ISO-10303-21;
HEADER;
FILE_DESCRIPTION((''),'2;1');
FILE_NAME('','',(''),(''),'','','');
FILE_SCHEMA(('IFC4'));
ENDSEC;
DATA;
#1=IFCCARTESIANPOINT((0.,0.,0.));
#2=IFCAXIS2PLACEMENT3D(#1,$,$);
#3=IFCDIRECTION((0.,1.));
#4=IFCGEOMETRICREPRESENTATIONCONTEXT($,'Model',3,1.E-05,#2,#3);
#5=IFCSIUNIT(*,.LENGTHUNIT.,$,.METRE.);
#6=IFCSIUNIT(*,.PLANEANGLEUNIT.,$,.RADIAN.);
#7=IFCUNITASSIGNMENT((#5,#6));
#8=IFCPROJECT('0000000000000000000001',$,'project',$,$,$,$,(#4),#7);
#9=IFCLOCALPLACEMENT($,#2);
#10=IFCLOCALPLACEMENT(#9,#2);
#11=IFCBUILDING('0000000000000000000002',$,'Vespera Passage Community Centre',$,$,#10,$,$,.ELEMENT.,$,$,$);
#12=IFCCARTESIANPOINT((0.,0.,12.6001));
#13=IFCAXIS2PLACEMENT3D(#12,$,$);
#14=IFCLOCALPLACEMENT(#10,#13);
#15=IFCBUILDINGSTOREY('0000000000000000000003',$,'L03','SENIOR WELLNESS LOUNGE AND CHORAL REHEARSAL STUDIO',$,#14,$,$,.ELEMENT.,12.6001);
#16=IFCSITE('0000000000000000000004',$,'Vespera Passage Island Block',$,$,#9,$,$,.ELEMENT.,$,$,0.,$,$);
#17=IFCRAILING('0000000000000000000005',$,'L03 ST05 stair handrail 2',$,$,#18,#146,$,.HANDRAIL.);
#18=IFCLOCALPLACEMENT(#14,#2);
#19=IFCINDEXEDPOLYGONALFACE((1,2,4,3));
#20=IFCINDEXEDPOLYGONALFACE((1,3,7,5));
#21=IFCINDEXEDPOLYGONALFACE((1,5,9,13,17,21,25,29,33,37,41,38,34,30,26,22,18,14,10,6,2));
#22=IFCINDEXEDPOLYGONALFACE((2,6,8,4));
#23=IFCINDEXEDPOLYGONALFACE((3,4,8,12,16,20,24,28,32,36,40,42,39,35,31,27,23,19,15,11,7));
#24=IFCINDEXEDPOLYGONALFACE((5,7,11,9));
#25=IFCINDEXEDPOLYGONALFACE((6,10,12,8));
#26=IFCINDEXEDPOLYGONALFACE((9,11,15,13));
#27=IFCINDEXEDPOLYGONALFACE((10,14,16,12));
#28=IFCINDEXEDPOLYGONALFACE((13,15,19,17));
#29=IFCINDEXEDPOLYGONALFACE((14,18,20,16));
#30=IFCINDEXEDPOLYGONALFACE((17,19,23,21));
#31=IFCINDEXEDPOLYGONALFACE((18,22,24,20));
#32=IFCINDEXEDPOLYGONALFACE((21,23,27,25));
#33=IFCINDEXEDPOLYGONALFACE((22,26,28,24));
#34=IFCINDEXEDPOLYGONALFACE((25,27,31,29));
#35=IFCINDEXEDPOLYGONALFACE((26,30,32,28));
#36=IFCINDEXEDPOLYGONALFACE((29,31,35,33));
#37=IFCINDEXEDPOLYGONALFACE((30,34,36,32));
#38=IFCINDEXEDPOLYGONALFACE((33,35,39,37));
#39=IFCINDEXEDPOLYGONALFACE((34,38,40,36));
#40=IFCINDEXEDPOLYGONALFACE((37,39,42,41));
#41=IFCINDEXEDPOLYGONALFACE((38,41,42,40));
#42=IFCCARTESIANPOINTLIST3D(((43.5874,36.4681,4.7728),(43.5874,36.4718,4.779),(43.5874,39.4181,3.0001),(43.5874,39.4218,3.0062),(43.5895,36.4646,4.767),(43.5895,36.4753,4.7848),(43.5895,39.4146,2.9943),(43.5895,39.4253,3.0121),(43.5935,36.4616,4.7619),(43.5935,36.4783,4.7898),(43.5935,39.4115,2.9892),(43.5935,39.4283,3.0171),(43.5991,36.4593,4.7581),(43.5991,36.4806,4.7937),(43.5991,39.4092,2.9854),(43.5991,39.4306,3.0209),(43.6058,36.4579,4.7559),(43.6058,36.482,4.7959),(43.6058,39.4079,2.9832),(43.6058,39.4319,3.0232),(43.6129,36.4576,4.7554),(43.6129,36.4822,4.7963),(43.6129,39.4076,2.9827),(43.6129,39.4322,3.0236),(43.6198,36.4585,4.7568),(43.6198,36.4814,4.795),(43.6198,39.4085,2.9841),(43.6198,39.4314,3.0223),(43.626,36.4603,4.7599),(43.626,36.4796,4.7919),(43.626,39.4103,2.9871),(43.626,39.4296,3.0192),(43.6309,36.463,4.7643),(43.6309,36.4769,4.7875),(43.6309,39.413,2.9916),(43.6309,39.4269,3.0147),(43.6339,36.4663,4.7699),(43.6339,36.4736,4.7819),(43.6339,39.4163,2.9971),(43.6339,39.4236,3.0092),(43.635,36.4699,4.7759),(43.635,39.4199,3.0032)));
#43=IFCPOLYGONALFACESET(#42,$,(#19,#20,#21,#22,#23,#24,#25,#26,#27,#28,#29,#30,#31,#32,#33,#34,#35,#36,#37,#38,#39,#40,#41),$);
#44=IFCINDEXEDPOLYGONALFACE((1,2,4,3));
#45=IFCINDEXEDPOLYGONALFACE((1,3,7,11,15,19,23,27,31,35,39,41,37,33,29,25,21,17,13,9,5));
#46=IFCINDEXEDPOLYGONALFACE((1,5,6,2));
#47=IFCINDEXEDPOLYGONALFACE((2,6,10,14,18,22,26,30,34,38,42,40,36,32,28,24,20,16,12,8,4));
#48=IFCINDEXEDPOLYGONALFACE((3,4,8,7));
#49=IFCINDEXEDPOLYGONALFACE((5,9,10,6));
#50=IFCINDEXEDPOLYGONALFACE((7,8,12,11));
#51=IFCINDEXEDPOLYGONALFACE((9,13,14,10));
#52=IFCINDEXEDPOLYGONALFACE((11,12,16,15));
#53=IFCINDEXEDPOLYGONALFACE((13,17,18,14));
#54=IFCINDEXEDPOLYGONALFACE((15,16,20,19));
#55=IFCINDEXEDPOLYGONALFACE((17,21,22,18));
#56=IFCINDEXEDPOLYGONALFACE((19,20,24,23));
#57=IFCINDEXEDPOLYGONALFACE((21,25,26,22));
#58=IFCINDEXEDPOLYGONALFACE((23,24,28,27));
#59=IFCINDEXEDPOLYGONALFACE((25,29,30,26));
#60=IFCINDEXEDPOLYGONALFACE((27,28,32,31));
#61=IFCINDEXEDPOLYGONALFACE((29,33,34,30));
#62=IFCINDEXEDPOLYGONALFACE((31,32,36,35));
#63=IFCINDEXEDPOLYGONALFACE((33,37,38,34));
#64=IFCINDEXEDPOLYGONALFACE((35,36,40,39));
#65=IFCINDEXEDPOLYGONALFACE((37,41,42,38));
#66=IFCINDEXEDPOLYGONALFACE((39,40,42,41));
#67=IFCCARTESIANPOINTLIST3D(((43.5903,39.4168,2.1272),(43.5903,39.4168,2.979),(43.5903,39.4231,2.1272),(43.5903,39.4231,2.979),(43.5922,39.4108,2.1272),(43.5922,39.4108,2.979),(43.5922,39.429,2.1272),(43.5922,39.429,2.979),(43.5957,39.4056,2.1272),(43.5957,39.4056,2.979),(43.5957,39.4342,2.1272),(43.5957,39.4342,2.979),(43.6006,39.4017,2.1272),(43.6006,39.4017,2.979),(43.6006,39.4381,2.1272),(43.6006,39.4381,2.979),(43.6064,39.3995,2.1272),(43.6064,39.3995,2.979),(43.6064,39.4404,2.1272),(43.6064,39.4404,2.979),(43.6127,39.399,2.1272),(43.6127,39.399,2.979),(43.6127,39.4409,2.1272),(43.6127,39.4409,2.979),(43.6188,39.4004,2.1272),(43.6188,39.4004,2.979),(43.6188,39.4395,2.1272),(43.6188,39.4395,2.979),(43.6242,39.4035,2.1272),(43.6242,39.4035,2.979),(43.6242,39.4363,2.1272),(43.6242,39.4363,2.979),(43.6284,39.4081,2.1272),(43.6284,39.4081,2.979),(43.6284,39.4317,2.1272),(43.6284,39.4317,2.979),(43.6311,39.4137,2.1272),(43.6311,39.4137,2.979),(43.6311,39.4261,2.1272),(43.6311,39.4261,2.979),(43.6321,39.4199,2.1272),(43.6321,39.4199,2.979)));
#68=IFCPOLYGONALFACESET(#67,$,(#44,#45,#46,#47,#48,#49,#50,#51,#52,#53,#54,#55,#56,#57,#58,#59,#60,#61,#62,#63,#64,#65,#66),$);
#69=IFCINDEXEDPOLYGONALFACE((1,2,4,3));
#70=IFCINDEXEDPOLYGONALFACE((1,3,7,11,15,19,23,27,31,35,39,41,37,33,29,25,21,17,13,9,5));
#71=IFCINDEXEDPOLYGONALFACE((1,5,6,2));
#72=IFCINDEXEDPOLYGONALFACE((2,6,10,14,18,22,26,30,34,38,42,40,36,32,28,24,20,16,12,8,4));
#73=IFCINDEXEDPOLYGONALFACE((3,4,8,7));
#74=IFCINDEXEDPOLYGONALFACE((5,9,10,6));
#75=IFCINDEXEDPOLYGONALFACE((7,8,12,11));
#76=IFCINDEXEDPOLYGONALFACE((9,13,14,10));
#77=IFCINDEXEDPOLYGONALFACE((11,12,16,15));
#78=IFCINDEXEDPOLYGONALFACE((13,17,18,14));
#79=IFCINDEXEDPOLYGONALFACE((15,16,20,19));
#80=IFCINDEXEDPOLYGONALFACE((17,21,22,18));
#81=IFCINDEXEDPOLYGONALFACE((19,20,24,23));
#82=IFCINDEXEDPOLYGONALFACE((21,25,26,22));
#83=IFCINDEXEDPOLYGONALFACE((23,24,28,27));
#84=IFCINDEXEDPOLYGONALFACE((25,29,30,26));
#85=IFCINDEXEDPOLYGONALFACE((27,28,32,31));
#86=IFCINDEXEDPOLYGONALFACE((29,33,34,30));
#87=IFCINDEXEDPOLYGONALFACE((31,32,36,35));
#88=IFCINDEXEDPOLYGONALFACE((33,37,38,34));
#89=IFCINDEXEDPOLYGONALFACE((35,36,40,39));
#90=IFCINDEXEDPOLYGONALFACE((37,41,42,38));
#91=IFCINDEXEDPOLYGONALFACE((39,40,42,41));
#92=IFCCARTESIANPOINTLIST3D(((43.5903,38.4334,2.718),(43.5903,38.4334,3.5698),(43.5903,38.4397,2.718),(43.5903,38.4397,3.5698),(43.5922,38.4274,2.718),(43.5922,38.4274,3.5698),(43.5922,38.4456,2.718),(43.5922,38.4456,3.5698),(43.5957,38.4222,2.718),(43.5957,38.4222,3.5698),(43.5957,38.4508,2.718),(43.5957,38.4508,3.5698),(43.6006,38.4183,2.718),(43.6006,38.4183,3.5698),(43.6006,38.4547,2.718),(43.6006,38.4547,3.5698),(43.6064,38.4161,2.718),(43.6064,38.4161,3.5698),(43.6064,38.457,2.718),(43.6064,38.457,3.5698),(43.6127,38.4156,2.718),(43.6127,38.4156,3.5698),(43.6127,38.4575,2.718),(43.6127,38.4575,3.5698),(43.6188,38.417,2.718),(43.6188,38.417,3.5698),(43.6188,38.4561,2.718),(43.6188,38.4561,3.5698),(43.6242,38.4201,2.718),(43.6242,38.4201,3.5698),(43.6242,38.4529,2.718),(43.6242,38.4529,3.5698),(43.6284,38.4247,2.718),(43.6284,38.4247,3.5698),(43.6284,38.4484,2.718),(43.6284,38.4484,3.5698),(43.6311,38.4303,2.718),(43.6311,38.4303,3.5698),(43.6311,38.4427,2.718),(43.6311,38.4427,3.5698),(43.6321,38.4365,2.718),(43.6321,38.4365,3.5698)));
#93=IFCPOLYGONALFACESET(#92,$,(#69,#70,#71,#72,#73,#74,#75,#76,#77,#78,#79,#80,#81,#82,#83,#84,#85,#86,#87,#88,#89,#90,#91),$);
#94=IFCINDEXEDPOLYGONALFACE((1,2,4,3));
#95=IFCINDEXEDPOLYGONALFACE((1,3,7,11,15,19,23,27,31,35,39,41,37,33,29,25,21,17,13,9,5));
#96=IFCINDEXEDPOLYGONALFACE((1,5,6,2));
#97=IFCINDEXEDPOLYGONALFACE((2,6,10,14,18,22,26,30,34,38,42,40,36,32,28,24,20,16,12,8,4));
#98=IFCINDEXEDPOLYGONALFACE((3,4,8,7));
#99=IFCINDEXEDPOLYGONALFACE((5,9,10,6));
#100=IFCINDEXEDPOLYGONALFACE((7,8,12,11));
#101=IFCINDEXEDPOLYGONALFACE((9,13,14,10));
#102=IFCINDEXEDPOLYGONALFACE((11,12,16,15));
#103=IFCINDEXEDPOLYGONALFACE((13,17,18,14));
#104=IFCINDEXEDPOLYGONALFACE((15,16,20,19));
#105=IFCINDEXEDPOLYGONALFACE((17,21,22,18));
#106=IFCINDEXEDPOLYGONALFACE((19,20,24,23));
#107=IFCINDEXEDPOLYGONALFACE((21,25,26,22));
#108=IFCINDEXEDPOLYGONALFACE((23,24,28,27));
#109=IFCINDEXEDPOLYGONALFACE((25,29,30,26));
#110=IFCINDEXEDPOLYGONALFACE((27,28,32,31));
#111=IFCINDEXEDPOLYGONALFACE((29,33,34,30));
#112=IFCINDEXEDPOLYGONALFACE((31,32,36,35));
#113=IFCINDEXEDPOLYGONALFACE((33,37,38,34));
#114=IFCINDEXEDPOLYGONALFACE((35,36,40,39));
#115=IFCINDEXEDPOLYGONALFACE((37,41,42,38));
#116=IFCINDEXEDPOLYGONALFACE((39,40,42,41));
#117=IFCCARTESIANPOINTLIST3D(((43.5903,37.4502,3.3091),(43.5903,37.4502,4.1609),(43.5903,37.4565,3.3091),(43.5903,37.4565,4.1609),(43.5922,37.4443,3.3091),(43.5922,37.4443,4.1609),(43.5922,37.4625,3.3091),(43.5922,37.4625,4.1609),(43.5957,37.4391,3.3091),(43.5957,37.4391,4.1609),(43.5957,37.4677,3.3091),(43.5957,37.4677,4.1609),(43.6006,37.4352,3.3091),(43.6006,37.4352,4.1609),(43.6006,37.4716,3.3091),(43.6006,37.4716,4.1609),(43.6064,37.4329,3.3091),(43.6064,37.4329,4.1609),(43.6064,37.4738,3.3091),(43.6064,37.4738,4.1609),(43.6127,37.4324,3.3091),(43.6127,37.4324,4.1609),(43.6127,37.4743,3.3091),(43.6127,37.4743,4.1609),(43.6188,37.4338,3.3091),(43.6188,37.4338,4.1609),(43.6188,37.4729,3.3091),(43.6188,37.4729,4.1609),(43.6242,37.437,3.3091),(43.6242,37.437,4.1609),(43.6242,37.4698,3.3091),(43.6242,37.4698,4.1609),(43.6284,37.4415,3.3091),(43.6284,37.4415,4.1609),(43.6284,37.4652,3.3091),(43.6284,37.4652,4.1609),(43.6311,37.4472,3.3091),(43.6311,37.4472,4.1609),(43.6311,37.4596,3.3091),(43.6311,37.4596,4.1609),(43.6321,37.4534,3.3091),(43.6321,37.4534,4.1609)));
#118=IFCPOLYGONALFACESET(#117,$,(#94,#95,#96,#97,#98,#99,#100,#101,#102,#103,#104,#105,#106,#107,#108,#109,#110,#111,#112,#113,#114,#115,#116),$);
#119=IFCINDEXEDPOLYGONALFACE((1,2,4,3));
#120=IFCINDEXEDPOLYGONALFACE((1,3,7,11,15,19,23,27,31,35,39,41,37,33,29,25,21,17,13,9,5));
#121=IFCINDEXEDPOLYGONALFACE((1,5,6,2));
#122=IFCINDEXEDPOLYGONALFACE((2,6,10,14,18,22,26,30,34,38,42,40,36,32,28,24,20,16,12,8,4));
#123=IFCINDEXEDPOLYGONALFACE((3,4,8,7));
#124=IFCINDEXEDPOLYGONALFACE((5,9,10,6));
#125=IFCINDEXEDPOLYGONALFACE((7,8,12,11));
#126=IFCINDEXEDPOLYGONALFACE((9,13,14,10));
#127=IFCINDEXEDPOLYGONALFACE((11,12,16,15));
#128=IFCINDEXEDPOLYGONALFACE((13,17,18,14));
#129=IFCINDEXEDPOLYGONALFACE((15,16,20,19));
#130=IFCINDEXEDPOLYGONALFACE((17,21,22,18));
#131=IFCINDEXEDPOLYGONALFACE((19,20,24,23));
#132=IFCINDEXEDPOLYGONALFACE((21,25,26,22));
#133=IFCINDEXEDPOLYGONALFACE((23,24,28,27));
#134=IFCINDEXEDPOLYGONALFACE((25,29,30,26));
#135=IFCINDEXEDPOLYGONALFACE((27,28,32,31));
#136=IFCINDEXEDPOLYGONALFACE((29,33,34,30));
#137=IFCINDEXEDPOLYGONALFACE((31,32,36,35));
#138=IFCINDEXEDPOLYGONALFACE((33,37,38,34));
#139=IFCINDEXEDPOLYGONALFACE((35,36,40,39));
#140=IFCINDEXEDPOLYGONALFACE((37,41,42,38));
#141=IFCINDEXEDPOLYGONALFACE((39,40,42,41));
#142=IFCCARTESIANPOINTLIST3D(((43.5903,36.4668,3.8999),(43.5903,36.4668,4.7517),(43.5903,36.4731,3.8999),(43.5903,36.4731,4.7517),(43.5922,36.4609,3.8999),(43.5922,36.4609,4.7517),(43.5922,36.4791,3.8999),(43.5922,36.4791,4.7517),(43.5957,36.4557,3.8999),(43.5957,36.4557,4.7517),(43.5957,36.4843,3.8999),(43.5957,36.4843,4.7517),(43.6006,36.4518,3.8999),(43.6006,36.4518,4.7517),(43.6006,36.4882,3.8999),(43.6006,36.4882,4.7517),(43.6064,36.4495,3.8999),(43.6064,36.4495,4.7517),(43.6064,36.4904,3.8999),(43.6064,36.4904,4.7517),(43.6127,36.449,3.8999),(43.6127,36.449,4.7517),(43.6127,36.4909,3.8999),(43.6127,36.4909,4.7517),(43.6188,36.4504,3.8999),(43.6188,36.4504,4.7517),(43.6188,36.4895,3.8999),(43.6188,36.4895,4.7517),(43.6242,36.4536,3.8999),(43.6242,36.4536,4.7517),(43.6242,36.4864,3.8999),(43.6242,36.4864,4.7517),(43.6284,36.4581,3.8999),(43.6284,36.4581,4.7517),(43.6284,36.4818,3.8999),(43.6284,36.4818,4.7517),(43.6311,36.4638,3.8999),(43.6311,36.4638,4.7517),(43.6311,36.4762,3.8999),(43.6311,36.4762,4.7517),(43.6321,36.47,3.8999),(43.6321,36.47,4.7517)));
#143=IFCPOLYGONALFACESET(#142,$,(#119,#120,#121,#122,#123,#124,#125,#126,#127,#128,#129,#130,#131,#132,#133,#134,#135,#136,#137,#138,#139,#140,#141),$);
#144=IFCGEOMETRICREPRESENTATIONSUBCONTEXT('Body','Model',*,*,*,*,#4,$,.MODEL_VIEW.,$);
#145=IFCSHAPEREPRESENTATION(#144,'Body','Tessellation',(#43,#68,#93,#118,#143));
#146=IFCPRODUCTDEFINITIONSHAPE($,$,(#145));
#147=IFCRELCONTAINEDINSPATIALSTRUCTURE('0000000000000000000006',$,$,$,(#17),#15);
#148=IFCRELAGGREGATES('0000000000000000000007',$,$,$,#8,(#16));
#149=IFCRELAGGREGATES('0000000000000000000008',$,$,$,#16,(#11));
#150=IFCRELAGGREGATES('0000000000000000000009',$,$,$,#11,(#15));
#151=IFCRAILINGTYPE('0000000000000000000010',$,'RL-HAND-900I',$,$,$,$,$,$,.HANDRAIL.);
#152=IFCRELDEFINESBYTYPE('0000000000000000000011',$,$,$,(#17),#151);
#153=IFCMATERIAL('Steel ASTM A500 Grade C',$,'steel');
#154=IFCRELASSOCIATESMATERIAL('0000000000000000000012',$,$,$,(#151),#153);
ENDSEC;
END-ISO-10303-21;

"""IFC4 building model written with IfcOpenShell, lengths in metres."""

from ifc_helpers import new_model, si_unit, direction, frame, origin, origin_2d, place, context, subcontext, project, spatial, circle, extrude, material, type_object, element, save


model = new_model("IFC4")

# Units and contexts
model_context = context("Model", 3, precision=1e-05, world=origin(), true_north=direction((0.0, 1.0)))
body_context = subcontext(model_context, "Body", "Model", "MODEL_VIEW")
ifc_project = project(units=[si_unit("LENGTHUNIT", "METRE"), si_unit("PLANEANGLEUNIT", "RADIAN")], contexts=[model_context])

# Site, building, storey
site_placement = place(None, origin())
site = spatial("IfcSite", under=ifc_project, at=site_placement, Name="Vespera Passage Island Block", CompositionType="ELEMENT", RefElevation=0.0)
building_placement = place(site_placement, origin())
building = spatial("IfcBuilding", under=site, at=building_placement, Name="Vespera Passage Community Centre", CompositionType="ELEMENT")
storey_placement = place(building_placement, frame((0.0, 0.0, 12.6001)))
storey = spatial("IfcBuildingStorey", under=building, at=storey_placement, Name="L03", Description="SENIOR WELLNESS LOUNGE AND CHORAL REHEARSAL STUDIO", CompositionType="ELEMENT", Elevation=12.6001)

# Railing
ifc_material_1 = material(Name="Steel ASTM A500 Grade C", Category="steel")
railing_type_1 = type_object("IfcRailingType", Name="RL-HAND-900I", PredefinedType="HANDRAIL", material=ifc_material_1)
railing_1_placement = place(storey_placement, frame((43.6111, 39.4199, 2.1272)))
element("IfcRailing", 1, at=railing_1_placement, inside=storey, type_object=railing_type_1, Name="L03 ST05 stair handrail 2", PredefinedType="HANDRAIL", context=body_context, shape_type="SweptSolid", body=[
    extrude(circle(Radius=0.0239, at=origin_2d()), frame((0.0, 0.0, 0.876), z_axis=(0.0, -0.857142, 0.51508), x_axis=(1.0, 0.0, 0.0)), (0.0, 0.0, 1.0), 3.4417),
    extrude(circle(Radius=0.021, at=origin_2d()), origin(), (0.0, 0.0, 1.0), 0.8518),
    extrude(circle(Radius=0.021, at=origin_2d()), frame((0.0, -0.9834, 0.5908)), (0.0, 0.0, 1.0), 0.8518),
    extrude(circle(Radius=0.021, at=origin_2d()), frame((0.0, -1.9666, 1.1819)), (0.0, 0.0, 1.0), 0.8518),
    extrude(circle(Radius=0.021, at=origin_2d()), frame((0.0, -2.95, 1.7727)), (0.0, 0.0, 1.0), 0.8518),
])

save(model, "model.ifc")
